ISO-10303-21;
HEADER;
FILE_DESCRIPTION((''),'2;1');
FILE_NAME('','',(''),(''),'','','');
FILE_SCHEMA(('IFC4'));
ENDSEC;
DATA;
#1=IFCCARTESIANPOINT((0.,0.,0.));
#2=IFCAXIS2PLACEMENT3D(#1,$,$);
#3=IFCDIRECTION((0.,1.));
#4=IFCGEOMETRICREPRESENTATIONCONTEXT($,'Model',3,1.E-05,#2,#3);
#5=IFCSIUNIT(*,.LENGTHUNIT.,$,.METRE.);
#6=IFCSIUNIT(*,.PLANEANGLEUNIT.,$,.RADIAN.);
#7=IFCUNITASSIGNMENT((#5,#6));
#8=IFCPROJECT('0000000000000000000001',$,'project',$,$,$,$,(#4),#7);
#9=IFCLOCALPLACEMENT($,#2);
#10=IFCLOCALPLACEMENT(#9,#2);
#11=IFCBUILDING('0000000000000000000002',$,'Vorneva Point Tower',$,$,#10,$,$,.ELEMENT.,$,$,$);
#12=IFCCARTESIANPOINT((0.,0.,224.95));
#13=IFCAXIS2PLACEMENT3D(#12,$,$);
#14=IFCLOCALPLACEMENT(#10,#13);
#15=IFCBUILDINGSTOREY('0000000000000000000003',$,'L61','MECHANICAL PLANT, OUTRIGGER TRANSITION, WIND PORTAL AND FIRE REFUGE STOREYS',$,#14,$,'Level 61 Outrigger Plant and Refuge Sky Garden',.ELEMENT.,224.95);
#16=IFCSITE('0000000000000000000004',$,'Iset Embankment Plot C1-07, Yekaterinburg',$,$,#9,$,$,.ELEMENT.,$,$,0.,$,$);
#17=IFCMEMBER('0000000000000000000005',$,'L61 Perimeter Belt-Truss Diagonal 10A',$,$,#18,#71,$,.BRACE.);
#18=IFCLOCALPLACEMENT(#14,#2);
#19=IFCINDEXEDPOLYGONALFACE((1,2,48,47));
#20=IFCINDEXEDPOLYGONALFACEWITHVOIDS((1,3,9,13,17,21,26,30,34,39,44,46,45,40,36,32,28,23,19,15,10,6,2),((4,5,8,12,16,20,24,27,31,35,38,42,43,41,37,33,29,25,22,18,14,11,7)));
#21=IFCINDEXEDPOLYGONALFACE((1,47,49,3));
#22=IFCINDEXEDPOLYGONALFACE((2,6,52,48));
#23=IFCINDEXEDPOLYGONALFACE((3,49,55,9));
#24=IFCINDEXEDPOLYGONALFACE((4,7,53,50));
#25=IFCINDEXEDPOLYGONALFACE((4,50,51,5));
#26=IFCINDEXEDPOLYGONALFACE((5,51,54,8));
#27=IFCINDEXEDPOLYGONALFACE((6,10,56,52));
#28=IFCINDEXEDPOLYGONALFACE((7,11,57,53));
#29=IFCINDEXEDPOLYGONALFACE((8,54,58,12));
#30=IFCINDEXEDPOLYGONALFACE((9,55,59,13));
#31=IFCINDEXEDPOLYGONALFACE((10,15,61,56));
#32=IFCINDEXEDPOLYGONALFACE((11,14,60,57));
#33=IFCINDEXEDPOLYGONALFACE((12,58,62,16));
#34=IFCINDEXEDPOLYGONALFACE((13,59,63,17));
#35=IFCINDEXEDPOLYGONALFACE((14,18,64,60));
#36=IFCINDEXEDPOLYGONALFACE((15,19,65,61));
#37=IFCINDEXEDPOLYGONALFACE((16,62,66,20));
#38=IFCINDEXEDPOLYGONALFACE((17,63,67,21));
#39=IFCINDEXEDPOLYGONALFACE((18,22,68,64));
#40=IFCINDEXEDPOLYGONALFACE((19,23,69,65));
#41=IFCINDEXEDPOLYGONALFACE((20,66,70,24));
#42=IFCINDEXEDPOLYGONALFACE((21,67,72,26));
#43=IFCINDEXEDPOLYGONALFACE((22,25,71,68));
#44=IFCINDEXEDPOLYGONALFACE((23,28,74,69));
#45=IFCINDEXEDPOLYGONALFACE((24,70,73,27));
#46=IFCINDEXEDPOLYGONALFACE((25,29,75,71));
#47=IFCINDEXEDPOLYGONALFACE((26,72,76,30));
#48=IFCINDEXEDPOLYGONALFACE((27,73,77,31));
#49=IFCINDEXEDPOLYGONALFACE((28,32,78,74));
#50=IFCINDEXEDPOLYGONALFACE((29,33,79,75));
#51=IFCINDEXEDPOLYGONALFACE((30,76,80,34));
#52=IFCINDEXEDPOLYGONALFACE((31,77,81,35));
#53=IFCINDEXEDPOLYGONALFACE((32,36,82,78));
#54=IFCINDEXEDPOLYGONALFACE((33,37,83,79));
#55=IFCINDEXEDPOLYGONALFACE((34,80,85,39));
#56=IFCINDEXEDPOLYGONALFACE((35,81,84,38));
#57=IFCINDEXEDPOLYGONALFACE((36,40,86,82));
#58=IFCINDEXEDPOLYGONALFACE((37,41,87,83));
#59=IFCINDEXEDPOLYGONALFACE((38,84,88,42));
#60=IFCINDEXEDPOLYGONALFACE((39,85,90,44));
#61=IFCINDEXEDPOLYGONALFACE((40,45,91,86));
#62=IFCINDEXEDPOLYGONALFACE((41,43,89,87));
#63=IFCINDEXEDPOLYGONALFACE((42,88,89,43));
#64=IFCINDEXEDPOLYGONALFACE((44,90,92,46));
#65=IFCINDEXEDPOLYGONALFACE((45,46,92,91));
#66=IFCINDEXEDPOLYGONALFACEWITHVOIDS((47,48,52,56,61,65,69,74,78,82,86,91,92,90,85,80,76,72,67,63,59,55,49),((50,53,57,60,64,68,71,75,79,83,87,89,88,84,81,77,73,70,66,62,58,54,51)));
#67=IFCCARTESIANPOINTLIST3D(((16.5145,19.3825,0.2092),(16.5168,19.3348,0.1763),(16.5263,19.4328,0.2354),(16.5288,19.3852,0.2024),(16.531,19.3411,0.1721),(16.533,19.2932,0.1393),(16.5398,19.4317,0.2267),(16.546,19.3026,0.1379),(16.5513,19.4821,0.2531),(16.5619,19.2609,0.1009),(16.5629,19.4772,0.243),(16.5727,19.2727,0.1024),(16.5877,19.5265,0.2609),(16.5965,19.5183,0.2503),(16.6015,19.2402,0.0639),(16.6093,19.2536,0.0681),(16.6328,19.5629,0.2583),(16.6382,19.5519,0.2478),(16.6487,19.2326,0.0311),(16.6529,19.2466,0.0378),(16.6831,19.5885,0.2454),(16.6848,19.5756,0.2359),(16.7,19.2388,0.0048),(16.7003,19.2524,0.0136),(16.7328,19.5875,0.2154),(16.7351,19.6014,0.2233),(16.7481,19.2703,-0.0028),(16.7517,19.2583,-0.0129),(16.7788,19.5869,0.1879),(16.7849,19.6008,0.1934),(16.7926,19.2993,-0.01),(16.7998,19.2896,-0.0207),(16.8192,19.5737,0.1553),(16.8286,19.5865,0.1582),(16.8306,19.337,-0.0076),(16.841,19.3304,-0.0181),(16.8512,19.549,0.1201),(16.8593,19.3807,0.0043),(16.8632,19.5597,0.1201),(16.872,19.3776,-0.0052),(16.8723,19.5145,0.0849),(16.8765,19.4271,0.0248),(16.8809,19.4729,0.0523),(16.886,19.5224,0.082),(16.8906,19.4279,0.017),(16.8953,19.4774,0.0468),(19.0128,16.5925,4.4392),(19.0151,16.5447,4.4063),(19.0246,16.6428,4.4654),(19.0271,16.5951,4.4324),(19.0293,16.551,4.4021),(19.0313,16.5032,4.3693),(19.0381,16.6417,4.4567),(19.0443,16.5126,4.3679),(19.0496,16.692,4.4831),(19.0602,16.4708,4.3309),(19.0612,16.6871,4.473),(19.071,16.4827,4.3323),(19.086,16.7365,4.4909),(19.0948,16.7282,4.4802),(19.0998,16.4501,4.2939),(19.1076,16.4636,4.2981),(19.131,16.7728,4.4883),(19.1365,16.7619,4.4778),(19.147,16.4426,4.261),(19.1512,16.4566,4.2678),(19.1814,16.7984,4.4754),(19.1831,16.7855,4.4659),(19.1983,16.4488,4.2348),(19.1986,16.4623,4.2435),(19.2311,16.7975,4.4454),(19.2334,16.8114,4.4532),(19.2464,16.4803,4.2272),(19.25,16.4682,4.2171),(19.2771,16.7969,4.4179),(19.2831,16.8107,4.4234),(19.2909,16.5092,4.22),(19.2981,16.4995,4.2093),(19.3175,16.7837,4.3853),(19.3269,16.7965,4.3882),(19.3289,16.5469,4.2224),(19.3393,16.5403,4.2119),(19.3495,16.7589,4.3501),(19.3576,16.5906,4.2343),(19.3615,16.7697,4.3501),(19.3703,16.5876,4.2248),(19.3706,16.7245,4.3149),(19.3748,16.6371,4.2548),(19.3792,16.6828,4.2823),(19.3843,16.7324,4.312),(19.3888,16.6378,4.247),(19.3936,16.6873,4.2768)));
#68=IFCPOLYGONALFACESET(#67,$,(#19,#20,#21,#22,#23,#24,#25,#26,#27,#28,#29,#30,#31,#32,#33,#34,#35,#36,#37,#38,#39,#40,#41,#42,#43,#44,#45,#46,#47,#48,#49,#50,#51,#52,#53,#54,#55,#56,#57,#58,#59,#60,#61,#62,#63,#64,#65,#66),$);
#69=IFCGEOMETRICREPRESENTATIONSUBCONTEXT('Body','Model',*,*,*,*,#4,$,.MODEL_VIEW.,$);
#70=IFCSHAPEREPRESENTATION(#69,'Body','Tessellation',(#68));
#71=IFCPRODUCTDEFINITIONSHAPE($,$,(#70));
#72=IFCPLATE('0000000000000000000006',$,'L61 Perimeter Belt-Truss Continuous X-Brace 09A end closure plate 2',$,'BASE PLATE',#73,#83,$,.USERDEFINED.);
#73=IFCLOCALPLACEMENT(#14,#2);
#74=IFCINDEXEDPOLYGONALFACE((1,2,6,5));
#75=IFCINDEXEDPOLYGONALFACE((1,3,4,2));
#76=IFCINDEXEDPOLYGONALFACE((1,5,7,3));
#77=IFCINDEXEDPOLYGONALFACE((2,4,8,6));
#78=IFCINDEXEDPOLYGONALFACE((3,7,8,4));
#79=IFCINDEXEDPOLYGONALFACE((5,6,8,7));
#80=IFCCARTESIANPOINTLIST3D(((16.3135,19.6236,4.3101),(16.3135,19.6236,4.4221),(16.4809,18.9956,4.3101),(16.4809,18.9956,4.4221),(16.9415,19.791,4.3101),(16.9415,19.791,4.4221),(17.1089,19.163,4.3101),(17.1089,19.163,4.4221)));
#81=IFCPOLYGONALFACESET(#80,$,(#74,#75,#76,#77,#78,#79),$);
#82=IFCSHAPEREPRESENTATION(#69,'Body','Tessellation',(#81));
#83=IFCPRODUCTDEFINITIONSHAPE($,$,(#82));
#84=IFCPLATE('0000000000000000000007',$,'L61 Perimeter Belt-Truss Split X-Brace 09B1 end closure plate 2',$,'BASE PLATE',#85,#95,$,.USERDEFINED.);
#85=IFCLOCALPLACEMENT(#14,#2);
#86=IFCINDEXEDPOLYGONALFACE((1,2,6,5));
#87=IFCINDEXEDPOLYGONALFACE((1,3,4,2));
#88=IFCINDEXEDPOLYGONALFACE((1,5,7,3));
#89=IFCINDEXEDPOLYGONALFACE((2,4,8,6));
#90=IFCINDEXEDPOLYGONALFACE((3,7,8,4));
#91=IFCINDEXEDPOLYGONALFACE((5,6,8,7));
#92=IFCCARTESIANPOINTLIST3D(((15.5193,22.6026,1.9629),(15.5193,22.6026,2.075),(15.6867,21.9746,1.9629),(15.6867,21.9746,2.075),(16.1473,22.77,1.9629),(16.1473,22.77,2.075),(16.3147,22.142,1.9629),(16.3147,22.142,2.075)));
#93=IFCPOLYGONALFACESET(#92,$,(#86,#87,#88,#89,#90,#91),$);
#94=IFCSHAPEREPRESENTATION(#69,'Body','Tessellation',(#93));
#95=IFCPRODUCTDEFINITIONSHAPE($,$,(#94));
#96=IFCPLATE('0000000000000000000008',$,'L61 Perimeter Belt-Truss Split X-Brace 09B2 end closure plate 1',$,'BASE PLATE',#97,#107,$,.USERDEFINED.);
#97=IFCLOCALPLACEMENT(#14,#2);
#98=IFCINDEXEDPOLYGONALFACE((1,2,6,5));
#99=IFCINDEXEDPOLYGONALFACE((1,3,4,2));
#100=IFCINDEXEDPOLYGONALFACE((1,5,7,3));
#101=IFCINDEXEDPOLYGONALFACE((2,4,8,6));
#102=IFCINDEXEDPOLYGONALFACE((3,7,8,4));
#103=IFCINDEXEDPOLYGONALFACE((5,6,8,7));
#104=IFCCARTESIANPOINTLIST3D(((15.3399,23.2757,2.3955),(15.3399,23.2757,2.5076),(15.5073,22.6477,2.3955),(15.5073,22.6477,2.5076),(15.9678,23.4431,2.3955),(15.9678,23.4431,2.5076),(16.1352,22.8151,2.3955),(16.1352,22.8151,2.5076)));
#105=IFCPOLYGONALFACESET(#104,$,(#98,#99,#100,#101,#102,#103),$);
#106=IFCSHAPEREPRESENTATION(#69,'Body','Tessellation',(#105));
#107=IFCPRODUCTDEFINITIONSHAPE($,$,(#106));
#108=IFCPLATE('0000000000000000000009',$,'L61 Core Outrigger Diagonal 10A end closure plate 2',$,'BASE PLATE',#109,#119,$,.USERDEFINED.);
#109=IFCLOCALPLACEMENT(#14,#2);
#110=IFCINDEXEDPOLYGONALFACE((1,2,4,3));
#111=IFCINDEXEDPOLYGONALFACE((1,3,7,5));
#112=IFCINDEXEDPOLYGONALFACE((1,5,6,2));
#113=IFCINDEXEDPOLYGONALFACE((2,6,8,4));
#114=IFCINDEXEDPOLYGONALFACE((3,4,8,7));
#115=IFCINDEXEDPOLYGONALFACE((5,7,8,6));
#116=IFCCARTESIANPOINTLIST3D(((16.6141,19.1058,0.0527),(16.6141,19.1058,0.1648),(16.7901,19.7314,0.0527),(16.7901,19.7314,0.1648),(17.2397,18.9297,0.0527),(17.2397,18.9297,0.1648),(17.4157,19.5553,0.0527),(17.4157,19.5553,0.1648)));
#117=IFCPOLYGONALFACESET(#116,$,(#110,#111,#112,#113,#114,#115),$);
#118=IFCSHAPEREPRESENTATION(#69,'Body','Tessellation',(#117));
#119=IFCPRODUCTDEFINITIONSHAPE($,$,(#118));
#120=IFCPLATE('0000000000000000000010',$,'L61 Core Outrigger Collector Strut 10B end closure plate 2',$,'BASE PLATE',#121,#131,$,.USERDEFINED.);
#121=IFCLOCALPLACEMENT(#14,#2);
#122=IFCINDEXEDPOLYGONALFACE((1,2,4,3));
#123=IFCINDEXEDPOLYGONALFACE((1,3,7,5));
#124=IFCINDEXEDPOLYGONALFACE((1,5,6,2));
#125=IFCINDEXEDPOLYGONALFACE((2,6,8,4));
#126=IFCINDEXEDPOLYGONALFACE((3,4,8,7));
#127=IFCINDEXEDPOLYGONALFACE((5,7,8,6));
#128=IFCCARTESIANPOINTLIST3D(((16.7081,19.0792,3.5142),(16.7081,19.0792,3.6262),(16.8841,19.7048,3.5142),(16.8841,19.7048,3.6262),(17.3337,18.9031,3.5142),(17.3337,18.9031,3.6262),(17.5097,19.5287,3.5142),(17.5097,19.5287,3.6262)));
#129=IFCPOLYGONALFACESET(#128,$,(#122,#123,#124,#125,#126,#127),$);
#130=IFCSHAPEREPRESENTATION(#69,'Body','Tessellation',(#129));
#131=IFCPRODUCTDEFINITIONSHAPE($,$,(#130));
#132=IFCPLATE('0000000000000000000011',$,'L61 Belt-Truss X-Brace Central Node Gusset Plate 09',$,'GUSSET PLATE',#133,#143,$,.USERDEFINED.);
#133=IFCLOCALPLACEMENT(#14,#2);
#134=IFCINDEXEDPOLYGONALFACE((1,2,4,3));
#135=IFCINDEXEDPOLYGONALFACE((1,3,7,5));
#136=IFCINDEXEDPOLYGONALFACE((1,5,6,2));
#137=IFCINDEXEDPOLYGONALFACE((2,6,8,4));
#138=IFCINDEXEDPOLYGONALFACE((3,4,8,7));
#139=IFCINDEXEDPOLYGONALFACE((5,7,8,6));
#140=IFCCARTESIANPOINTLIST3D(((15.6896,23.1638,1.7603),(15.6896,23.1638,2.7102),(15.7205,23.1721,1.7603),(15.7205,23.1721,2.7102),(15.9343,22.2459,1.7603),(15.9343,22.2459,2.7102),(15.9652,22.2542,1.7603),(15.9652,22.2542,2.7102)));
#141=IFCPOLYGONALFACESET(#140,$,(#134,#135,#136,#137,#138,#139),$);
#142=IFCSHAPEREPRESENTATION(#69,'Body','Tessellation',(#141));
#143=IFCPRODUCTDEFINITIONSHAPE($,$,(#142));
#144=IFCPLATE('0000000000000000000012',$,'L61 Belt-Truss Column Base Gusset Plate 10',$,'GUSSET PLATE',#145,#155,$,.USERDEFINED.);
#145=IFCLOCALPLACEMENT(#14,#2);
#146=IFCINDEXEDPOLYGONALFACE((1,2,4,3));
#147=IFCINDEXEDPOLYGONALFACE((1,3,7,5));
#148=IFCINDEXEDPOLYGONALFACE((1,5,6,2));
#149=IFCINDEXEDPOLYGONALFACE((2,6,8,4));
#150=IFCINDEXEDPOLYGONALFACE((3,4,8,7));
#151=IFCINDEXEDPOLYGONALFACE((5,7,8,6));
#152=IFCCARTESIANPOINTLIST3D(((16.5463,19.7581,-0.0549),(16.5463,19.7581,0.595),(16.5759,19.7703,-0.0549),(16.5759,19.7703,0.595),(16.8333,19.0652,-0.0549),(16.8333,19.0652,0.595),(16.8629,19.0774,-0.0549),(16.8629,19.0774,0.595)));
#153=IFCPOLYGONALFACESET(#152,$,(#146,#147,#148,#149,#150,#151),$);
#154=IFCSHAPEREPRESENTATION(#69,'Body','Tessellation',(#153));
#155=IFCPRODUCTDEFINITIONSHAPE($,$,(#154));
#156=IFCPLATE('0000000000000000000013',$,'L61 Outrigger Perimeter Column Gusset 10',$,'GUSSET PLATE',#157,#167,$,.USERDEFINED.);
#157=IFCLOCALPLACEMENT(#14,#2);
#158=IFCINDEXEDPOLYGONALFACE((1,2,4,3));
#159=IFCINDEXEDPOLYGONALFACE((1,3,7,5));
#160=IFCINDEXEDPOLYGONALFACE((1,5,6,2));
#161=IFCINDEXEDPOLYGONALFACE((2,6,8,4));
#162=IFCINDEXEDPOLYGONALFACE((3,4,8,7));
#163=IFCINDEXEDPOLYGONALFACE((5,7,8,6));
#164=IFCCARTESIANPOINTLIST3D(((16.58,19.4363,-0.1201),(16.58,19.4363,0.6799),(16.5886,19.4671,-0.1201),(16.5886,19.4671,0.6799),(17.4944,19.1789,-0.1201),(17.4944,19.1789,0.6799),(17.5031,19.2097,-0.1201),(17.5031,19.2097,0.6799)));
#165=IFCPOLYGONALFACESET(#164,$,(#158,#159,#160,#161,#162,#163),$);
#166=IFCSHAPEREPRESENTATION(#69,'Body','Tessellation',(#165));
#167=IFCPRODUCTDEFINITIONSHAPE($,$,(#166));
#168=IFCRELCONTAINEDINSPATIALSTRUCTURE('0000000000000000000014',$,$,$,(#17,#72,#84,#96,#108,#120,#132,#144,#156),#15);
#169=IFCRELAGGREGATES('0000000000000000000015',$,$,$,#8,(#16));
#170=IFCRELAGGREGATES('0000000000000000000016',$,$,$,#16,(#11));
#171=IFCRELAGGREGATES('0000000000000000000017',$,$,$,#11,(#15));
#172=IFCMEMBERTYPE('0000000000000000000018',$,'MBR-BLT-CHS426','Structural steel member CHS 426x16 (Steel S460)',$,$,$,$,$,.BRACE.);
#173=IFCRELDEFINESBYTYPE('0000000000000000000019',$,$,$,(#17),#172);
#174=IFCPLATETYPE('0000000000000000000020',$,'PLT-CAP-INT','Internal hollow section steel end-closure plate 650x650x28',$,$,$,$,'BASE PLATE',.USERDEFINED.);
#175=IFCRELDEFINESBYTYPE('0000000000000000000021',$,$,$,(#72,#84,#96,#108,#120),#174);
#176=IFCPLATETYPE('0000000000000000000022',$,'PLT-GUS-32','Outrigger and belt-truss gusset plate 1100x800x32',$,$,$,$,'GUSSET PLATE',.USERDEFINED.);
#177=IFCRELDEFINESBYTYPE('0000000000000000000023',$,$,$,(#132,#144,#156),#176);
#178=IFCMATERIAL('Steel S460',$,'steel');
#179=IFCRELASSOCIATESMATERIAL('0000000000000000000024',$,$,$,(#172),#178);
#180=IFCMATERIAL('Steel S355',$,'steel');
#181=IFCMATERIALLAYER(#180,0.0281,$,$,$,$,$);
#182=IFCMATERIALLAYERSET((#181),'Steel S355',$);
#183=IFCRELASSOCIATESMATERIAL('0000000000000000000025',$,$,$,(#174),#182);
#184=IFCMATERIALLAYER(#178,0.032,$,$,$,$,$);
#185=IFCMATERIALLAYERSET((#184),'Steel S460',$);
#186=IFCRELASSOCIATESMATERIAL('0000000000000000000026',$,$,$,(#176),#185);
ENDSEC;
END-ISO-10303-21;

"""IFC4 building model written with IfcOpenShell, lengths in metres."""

from ifc_helpers import new_model, si_unit, direction, frame, origin, origin_2d, place, context, subcontext, project, spatial, rectangle, hollow_circle, extrude, material, layer, layer_set, material_profile, profile_set, type_object, element, save


model = new_model("IFC4")

# Units and contexts
model_context = context("Model", 3, precision=1e-05, world=origin(), true_north=direction((0.0, 1.0)))
body_context = subcontext(model_context, "Body", "Model", "MODEL_VIEW")
ifc_project = project(units=[si_unit("LENGTHUNIT", "METRE"), si_unit("PLANEANGLEUNIT", "RADIAN")], contexts=[model_context])

# Site, building, storey
site_placement = place(None, origin())
site = spatial("IfcSite", under=ifc_project, at=site_placement, Name="Iset Embankment Plot C1-07, Yekaterinburg", CompositionType="ELEMENT", RefElevation=0.0)
building_placement = place(site_placement, origin())
building = spatial("IfcBuilding", under=site, at=building_placement, Name="Vorneva Point Tower", CompositionType="ELEMENT")
storey_placement = place(building_placement, frame((0.0, 0.0, 224.95)))
storey = spatial("IfcBuildingStorey", under=building, at=storey_placement, Name="L61", Description="MECHANICAL PLANT, OUTRIGGER TRANSITION, WIND PORTAL AND FIRE REFUGE STOREYS", LongName="Level 61 Outrigger Plant and Refuge Sky Garden", CompositionType="ELEMENT", Elevation=224.95)

# Shared definitions
ifc_material_1 = material(Name="Steel S355", Category="steel")

# Member
ifc_material_2 = material(Name="Steel S460", Category="steel")
ifc_material_profile_1 = material_profile(ifc_material_2, hollow_circle(Radius=0.2129, WallThickness=0.0161, at=origin_2d()), Name="CHS 426x16")
ifc_profile_set_1 = profile_set([ifc_material_profile_1], Name="Steel S460")
member_type = type_object("IfcMemberType", Name="MBR-BLT-CHS426", Description="Structural steel member CHS 426x16 (Steel S460)", PredefinedType="BRACE", material=ifc_profile_set_1)
member_placement = place(storey_placement, frame((16.7046, 19.4177, 0.1201), z_axis=(0.442203, -0.493843, 0.748716), x_axis=(0.744984, 0.667083, 0.0)))
element("IfcMember", 1, at=member_placement, inside=storey, type_object=member_type, Name="L61 Perimeter Belt-Truss Diagonal 10A", PredefinedType="BRACE", context=body_context, shape_type="SweptSolid", body=[
    extrude(hollow_circle(Radius=0.2129, WallThickness=0.0161, at=origin_2d()), origin(), (0.0, 0.0, 1.0), 5.6497),
])

# Plates
ifc_layer_1 = layer(ifc_material_1, 0.0281)
ifc_layer_set_1 = layer_set([ifc_layer_1], Name="Steel S355")
plate_type_1 = type_object("IfcPlateType", Name="PLT-CAP-INT", Description="Internal hollow section steel end-closure plate 650x650x28", ElementType="BASE PLATE", PredefinedType="USERDEFINED", material=ifc_layer_set_1)
for number, where, z_axis, x_axis, name in (
    (2, (16.7112, 19.3933, 4.3101), (0.0, 0.0, 1.0), (0.257571, -0.966259, 0.0), "L61 Perimeter Belt-Truss Continuous X-Brace 09A end closure plate 2"),
    (3, (15.917, 22.3723, 1.9629), (0.0, 0.0, 1.0), (-0.257571, 0.966259, 0.0), "L61 Perimeter Belt-Truss Split X-Brace 09B1 end closure plate 2"),
    (4, (15.7375, 23.0454, 2.3955), (0.0, 0.0, 1.0), (-0.257571, 0.966259, 0.0), "L61 Perimeter Belt-Truss Split X-Brace 09B2 end closure plate 1"),
    (5, (17.0149, 19.3306, 0.0527), (0.0, 0.0, 1.0), (-0.962607, 0.270903, 0.0), "L61 Core Outrigger Diagonal 10A end closure plate 2"),
    (6, (17.1089, 19.304, 3.5142), (0.0, 0.0, 1.0), (-0.962607, 0.270903, 0.0), "L61 Core Outrigger Collector Strut 10B end closure plate 2"),
):
    element("IfcPlate", number, at=place(storey_placement, frame(where, z_axis=z_axis, x_axis=x_axis)), inside=storey, type_object=plate_type_1, Name=name, ObjectType="BASE PLATE", PredefinedType="USERDEFINED", context=body_context, shape_type="SweptSolid", body=[
        extrude(rectangle(XDim=0.6499, YDim=0.6499, at=origin_2d()), origin(), (0.0, 0.0, 1.0), 0.1121),
    ])
ifc_layer_2 = layer(ifc_material_2, 0.032)
ifc_layer_set_2 = layer_set([ifc_layer_2], Name="Steel S460")
plate_type_2 = type_object("IfcPlateType", Name="PLT-GUS-32", Description="Outrigger and belt-truss gusset plate 1100x800x32", ElementType="GUSSET PLATE", PredefinedType="USERDEFINED", material=ifc_layer_set_2)
plate_1_placement = place(storey_placement, frame((15.8274, 22.709, 1.7603), z_axis=(0.0, 0.0, 1.0), x_axis=(0.257571, -0.966259, 0.0)))
element("IfcPlate", 7, at=plate_1_placement, inside=storey, type_object=plate_type_2, Name="L61 Belt-Truss X-Brace Central Node Gusset Plate 09", ObjectType="GUSSET PLATE", PredefinedType="USERDEFINED", context=body_context, shape_type="SweptSolid", body=[
    extrude(rectangle(XDim=0.95, YDim=0.032, at=origin_2d()), origin(), (0.0, 0.0, 1.0), 0.95),
])
plate_2_placement = place(storey_placement, frame((16.7046, 19.4177, -0.0549), z_axis=(0.0, 0.0, 1.0), x_axis=(0.382683, -0.92388, 0.0)))
element("IfcPlate", 8, at=plate_2_placement, inside=storey, type_object=plate_type_2, Name="L61 Belt-Truss Column Base Gusset Plate 10", ObjectType="GUSSET PLATE", PredefinedType="USERDEFINED", context=body_context, shape_type="SweptSolid", body=[
    extrude(rectangle(XDim=0.75, YDim=0.032, at=origin_2d()), origin(), (0.0, 0.0, 1.0), 0.6499),
])
plate_3_placement = place(storey_placement, frame((17.0415, 19.323, -0.1201), z_axis=(0.0, 0.0, 1.0), x_axis=(-0.962607, 0.270903, 0.0)))
element("IfcPlate", 9, at=plate_3_placement, inside=storey, type_object=plate_type_2, Name="L61 Outrigger Perimeter Column Gusset 10", ObjectType="GUSSET PLATE", PredefinedType="USERDEFINED", context=body_context, shape_type="SweptSolid", body=[
    extrude(rectangle(XDim=0.95, YDim=0.032, at=origin_2d()), origin(), (0.0, 0.0, 1.0), 0.8),
])

save(model, "model.ifc")
